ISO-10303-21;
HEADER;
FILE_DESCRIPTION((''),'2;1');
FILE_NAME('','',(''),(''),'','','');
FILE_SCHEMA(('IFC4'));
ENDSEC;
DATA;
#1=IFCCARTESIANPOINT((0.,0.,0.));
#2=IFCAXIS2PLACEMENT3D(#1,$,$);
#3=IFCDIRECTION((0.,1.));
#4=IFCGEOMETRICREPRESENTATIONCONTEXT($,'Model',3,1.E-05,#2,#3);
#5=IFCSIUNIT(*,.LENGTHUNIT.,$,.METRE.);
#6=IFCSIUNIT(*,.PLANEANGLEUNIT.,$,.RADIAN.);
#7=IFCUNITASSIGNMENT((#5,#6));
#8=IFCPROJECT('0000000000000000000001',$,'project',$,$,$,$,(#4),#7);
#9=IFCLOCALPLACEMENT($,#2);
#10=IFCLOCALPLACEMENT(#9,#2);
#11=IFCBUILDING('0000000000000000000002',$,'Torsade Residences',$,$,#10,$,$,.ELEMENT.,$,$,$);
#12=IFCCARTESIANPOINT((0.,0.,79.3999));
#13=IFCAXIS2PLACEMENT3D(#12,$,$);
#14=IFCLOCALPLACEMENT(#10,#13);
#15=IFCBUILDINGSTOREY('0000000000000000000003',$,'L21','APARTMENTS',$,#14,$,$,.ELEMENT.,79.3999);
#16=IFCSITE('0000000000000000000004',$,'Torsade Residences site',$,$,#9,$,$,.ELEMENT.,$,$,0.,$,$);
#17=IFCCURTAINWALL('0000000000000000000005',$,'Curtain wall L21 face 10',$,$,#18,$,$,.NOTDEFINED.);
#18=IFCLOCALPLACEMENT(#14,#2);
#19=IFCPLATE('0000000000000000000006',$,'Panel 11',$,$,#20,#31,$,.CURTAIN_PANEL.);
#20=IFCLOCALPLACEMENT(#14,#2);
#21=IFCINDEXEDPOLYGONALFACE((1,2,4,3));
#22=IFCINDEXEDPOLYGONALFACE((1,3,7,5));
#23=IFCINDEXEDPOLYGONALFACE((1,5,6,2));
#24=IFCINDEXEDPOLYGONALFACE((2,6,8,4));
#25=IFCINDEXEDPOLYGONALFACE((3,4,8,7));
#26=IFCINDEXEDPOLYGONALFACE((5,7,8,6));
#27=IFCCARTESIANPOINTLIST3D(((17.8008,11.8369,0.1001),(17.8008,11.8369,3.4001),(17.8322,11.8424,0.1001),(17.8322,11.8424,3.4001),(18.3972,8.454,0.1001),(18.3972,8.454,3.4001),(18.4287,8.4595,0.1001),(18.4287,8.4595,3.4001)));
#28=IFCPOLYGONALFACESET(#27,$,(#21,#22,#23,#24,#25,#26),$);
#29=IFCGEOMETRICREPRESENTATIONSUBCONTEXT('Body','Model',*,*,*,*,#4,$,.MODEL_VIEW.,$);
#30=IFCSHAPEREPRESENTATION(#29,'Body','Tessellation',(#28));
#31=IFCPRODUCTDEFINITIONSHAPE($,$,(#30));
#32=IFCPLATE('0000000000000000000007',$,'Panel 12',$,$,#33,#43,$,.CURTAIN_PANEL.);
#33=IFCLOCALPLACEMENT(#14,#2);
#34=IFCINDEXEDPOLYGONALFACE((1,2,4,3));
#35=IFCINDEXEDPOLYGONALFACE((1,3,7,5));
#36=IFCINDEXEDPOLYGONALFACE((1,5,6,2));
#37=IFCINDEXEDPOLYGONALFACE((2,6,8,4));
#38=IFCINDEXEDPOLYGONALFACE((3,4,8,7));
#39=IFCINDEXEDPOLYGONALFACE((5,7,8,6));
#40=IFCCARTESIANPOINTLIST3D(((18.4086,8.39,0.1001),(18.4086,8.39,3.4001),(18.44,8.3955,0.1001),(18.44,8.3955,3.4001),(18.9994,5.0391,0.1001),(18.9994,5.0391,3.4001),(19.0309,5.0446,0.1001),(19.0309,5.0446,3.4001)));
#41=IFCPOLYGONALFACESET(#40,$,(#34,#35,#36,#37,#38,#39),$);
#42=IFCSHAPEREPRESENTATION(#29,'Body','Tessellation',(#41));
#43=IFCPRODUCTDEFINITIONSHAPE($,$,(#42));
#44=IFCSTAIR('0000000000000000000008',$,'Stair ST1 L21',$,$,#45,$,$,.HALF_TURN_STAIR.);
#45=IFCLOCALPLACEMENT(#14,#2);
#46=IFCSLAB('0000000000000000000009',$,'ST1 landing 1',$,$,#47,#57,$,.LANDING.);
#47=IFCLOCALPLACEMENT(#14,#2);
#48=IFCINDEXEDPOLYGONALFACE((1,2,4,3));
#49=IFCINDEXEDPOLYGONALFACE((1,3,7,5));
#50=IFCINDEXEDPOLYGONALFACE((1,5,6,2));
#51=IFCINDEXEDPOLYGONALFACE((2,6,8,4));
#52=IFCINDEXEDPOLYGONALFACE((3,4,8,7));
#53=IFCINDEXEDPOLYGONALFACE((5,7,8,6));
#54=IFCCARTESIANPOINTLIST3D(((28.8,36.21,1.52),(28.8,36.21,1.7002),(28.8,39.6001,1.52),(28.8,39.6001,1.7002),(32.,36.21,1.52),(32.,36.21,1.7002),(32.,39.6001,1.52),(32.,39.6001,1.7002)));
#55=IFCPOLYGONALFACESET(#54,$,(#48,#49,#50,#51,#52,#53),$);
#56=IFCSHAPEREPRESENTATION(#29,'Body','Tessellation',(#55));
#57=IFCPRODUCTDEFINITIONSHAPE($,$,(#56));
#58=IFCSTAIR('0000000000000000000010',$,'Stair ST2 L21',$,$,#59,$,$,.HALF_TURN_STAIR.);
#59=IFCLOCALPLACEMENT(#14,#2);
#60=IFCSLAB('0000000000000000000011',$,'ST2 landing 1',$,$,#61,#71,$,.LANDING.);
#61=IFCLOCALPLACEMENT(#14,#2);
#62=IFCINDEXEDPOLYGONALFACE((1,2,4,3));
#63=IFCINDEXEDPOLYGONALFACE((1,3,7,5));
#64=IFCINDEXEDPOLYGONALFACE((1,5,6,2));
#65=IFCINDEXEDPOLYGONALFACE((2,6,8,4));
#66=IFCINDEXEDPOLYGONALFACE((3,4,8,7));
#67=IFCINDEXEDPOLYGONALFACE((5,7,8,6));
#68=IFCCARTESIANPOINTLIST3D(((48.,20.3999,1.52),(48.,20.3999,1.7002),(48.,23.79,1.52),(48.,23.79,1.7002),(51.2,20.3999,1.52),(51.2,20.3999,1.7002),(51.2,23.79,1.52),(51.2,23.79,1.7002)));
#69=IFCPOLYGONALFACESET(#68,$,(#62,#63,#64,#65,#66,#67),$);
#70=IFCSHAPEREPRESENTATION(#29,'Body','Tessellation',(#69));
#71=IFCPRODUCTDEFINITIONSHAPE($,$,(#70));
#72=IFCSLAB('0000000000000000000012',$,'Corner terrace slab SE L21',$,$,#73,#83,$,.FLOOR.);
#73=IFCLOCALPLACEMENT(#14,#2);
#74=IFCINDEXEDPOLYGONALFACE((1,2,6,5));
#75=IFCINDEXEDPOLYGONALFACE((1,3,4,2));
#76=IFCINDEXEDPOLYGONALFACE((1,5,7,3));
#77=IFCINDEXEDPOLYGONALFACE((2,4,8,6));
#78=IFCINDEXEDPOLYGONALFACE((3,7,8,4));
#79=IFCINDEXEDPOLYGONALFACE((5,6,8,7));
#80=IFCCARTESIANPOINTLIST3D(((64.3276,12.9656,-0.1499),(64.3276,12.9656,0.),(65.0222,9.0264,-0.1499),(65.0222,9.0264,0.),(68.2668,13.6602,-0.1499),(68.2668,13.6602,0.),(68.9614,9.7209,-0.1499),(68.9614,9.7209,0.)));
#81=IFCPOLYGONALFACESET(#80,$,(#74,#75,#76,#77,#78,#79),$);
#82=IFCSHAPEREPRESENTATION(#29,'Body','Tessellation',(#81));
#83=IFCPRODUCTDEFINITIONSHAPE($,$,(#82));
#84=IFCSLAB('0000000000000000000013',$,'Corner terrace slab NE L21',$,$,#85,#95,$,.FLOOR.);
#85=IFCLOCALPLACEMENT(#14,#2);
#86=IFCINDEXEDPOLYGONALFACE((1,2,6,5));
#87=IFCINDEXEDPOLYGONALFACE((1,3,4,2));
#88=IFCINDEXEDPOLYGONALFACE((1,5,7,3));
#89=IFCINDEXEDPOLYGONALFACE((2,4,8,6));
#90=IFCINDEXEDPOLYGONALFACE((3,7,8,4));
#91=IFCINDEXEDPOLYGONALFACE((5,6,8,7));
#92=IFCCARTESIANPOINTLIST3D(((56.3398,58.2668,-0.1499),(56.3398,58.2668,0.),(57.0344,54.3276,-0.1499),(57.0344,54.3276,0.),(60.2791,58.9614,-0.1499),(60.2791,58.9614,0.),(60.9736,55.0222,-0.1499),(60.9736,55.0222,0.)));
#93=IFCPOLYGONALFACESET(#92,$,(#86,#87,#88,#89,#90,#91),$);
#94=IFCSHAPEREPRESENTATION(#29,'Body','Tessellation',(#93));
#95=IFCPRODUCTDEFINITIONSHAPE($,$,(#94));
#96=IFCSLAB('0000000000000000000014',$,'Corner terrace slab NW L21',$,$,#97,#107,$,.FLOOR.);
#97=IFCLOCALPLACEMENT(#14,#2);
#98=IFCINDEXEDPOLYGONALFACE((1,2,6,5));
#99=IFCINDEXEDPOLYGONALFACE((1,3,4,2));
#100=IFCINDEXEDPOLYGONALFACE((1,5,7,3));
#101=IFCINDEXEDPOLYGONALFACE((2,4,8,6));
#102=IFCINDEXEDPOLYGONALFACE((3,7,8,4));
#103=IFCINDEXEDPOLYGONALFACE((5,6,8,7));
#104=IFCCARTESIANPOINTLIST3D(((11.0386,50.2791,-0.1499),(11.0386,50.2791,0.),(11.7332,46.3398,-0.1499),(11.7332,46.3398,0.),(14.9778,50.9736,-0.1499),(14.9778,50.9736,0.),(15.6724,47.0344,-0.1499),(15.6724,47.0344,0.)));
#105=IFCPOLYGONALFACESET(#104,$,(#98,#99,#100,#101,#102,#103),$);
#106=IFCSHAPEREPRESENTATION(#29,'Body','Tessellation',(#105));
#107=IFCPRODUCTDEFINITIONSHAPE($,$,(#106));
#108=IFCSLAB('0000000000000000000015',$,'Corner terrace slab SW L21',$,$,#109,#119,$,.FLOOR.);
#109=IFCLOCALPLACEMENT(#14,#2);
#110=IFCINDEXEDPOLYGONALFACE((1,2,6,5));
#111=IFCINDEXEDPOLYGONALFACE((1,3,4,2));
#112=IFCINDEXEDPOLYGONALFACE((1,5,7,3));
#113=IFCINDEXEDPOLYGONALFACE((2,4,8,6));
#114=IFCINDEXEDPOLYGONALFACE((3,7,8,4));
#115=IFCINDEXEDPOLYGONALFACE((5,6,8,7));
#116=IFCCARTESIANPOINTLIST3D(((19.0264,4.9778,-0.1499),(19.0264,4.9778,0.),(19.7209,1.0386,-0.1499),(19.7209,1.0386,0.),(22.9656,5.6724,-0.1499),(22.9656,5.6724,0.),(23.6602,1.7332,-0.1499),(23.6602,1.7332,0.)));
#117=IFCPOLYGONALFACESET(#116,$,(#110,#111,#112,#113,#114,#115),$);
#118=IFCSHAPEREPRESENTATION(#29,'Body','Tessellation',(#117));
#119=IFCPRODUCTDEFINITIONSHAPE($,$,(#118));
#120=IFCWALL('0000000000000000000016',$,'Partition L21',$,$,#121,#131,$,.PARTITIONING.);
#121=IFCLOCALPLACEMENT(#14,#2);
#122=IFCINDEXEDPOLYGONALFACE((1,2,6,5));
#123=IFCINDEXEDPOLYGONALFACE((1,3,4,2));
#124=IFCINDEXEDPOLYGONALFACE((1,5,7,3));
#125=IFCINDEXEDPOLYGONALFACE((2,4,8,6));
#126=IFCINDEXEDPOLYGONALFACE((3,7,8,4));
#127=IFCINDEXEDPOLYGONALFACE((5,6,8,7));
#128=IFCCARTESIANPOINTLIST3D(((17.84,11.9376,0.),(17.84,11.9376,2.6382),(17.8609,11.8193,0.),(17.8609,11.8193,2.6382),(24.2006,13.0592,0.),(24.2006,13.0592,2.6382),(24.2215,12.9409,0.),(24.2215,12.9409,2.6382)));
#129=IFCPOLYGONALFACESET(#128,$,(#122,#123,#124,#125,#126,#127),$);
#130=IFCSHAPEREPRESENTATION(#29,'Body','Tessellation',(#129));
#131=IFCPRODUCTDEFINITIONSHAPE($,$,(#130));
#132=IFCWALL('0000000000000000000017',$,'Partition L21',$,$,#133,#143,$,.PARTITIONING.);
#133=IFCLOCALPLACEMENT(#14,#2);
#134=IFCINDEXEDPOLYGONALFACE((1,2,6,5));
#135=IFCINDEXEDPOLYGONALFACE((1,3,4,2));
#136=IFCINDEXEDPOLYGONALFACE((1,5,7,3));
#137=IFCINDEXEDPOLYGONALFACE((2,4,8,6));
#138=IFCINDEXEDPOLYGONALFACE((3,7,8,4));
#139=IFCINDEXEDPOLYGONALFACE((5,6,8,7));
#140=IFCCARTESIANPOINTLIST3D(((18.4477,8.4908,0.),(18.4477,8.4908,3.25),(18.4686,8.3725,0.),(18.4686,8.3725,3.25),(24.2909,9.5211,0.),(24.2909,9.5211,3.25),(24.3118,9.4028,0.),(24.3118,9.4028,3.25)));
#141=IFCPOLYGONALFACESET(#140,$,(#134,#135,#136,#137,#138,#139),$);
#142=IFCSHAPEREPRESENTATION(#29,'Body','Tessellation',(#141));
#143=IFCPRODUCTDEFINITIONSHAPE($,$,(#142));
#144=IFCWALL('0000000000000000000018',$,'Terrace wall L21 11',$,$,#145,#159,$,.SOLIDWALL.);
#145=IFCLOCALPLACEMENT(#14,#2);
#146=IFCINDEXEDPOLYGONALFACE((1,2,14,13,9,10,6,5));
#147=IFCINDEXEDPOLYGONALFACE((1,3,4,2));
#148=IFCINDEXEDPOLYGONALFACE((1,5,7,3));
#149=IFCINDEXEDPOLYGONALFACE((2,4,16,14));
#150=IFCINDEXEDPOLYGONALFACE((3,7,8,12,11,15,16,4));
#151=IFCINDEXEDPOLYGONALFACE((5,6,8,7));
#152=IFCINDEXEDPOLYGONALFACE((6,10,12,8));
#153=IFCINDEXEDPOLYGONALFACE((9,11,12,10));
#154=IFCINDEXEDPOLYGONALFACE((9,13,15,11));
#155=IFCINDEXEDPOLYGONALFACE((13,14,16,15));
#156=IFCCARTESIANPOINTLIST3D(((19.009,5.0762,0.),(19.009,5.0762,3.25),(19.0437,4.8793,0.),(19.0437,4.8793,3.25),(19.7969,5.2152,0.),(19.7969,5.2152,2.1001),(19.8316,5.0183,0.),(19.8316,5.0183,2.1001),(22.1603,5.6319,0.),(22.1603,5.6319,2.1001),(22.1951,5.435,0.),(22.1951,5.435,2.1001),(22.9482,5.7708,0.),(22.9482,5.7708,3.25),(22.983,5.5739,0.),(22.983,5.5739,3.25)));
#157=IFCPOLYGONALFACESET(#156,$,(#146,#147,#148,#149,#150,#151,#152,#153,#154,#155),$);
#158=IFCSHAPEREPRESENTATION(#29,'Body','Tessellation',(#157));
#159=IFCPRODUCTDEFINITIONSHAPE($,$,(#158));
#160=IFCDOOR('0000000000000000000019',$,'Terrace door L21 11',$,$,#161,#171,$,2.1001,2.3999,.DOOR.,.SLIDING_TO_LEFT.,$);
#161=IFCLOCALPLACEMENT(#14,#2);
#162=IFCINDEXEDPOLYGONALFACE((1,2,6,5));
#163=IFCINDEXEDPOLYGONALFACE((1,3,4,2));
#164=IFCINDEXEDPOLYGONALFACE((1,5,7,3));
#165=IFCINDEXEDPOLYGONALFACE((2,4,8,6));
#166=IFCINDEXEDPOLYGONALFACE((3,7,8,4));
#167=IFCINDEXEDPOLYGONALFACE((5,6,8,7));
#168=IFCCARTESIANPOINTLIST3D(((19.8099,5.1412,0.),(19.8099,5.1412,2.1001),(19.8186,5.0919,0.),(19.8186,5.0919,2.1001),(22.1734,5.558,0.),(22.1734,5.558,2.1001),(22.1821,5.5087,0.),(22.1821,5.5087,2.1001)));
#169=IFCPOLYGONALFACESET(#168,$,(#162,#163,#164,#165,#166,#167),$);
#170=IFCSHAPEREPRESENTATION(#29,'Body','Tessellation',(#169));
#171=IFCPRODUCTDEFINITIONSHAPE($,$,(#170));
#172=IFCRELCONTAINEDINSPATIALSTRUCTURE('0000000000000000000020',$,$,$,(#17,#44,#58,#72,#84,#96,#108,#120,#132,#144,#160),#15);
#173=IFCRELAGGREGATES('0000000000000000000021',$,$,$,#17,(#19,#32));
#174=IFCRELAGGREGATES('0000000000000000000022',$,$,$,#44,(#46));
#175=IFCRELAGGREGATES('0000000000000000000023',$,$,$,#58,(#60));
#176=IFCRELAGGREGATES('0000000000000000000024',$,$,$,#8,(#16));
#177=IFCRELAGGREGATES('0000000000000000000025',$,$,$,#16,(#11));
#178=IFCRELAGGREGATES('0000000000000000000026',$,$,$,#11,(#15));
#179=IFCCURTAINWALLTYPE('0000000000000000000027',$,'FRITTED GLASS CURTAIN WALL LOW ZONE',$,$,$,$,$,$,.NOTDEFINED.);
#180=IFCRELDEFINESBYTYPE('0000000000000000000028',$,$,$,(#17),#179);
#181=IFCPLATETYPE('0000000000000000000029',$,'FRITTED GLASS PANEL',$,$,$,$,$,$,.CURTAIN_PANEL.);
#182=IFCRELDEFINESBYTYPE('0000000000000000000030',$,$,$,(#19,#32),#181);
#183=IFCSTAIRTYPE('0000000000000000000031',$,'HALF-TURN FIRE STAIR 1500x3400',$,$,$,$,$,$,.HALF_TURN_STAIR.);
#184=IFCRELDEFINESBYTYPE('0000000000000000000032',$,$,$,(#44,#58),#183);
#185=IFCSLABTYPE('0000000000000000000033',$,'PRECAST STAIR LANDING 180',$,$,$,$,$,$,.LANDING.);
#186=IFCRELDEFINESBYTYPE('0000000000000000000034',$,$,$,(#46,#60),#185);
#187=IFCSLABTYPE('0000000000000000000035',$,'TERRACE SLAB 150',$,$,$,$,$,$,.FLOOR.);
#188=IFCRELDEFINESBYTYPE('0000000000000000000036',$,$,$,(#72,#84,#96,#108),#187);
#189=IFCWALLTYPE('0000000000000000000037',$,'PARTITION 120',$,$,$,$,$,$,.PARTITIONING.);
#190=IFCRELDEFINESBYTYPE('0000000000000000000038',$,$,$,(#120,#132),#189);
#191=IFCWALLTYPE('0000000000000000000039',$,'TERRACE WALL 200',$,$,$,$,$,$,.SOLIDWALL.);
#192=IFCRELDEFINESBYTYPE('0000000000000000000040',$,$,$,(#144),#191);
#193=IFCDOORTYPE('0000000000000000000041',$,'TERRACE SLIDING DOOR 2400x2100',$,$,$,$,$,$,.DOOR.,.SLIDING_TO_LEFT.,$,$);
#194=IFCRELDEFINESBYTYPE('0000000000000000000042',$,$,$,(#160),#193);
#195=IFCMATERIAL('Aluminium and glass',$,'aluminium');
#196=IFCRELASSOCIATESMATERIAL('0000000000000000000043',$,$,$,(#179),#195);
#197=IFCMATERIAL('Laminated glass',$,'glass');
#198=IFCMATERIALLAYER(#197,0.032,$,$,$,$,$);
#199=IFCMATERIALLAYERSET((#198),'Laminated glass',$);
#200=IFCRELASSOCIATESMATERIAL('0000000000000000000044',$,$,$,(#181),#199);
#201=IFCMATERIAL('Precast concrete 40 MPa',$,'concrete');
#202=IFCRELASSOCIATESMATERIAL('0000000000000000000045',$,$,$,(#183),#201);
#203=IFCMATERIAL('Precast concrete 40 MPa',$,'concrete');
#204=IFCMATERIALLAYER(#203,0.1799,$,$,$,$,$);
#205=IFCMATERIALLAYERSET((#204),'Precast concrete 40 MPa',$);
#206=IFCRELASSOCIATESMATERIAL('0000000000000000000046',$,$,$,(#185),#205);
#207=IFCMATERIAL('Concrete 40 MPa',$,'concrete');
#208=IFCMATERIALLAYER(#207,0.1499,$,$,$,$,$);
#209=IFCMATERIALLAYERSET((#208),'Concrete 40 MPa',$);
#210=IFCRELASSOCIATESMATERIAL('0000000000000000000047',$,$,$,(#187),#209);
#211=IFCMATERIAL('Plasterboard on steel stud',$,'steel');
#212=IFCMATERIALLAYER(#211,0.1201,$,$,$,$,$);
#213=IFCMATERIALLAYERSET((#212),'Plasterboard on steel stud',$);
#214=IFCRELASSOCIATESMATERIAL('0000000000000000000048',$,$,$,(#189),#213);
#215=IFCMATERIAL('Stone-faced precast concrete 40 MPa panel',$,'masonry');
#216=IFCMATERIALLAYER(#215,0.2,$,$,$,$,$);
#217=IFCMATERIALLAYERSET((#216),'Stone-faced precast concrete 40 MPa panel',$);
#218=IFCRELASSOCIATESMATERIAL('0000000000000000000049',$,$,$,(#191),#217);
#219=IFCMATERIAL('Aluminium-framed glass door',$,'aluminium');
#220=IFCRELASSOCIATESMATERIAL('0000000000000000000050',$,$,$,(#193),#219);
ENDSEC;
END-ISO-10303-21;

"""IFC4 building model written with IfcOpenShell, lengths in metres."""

from ifc_helpers import new_model, si_unit, direction, frame, frame_2d, origin, origin_2d, place, context, subcontext, project, spatial, polyline, rectangle, outline, extrude, material, layer, layer_set, type_object, element, fill, aggregate, save


model = new_model("IFC4")

# Units and contexts
model_context = context("Model", 3, precision=1e-05, world=origin(), true_north=direction((0.0, 1.0)))
body_context = subcontext(model_context, "Body", "Model", "MODEL_VIEW")
ifc_project = project(units=[si_unit("LENGTHUNIT", "METRE"), si_unit("PLANEANGLEUNIT", "RADIAN")], contexts=[model_context])

# Site, building, storey
site_placement = place(None, origin())
site = spatial("IfcSite", under=ifc_project, at=site_placement, Name="Torsade Residences site", CompositionType="ELEMENT", RefElevation=0.0)
building_placement = place(site_placement, origin())
building = spatial("IfcBuilding", under=site, at=building_placement, Name="Torsade Residences", CompositionType="ELEMENT")
storey_placement = place(building_placement, frame((0.0, 0.0, 79.3999)))
storey = spatial("IfcBuildingStorey", under=building, at=storey_placement, Name="L21", Description="APARTMENTS", CompositionType="ELEMENT", Elevation=79.3999)

# Curtain wall
ifc_material_1 = material(Name="Aluminium and glass", Category="aluminium")
curtain_wall_type = type_object("IfcCurtainWallType", Name="FRITTED GLASS CURTAIN WALL LOW ZONE", PredefinedType="NOTDEFINED", material=ifc_material_1)
curtain_wall_placement = place(storey_placement, origin())
curtain_wall = element("IfcCurtainWall", 1, at=curtain_wall_placement, inside=storey, type_object=curtain_wall_type, Name="Curtain wall L21 face 10", PredefinedType="NOTDEFINED")

# Plates
ifc_material_2 = material(Name="Laminated glass", Category="glass")
ifc_layer_1 = layer(ifc_material_2, 0.032)
ifc_layer_set_1 = layer_set([ifc_layer_1], Name="Laminated glass")
plate_type = type_object("IfcPlateType", Name="FRITTED GLASS PANEL", PredefinedType="CURTAIN_PANEL", material=ifc_layer_set_1)
plate_1_placement = place(storey_placement, frame((18.1147, 10.1482, 0.1001), z_axis=(0.0, 0.0, 1.0), x_axis=(0.173648, -0.984808, 0.0)))
plate_1 = element("IfcPlate", 2, at=plate_1_placement, type_object=plate_type, Name="Panel 11", PredefinedType="CURTAIN_PANEL", context=body_context, shape_type="SweptSolid", body=[
    extrude(rectangle(XDim=3.4351, YDim=0.032, at=origin_2d()), origin(), (0.0, 0.0, 1.0), 3.3),
])
plate_2_placement = place(storey_placement, frame((18.7197, 6.7173, 0.1001), z_axis=(0.0, 0.0, 1.0), x_axis=(0.173648, -0.984808, 0.0)))
plate_2 = element("IfcPlate", 3, at=plate_2_placement, type_object=plate_type, Name="Panel 12", PredefinedType="CURTAIN_PANEL", context=body_context, shape_type="SweptSolid", body=[
    extrude(rectangle(XDim=3.4026, YDim=0.032, at=origin_2d()), origin(), (0.0, 0.0, 1.0), 3.3),
])
aggregate(curtain_wall, [plate_1, plate_2])

# Stairs, slabs
ifc_material_3 = material(Name="Precast concrete 40 MPa", Category="concrete")
stair_type = type_object("IfcStairType", Name="HALF-TURN FIRE STAIR 1500x3400", PredefinedType="HALF_TURN_STAIR", material=ifc_material_3)
stair_1_placement = place(storey_placement, origin())
stair_1 = element("IfcStair", 4, at=stair_1_placement, inside=storey, type_object=stair_type, Name="Stair ST1 L21", PredefinedType="HALF_TURN_STAIR")
ifc_material_4 = material(Name="Precast concrete 40 MPa", Category="concrete")
ifc_layer_2 = layer(ifc_material_4, 0.1799)
ifc_layer_set_2 = layer_set([ifc_layer_2], Name="Precast concrete 40 MPa")
slab_type_1 = type_object("IfcSlabType", Name="PRECAST STAIR LANDING 180", PredefinedType="LANDING", material=ifc_layer_set_2)
slab_1_placement = place(storey_placement, frame((0.0, 0.0, 1.52)))
slab_1 = element("IfcSlab", 5, at=slab_1_placement, type_object=slab_type_1, Name="ST1 landing 1", PredefinedType="LANDING", context=body_context, shape_type="SweptSolid", body=[
    extrude(outline(polyline([(28.8, 36.21), (32.0, 36.21), (32.0, 39.6001), (28.8, 39.6001), (28.8, 36.21)])), origin(), (0.0, 0.0, 1.0), 0.1802),
])
aggregate(stair_1, [slab_1])
stair_2_placement = place(storey_placement, origin())
stair_2 = element("IfcStair", 6, at=stair_2_placement, inside=storey, type_object=stair_type, Name="Stair ST2 L21", PredefinedType="HALF_TURN_STAIR")
slab_2_placement = place(storey_placement, frame((0.0, 0.0, 1.52)))
slab_2 = element("IfcSlab", 7, at=slab_2_placement, type_object=slab_type_1, Name="ST2 landing 1", PredefinedType="LANDING", context=body_context, shape_type="SweptSolid", body=[
    extrude(outline(polyline([(48.0, 20.3999), (51.2, 20.3999), (51.2, 23.79), (48.0, 23.79), (48.0, 20.3999)])), origin(), (0.0, 0.0, 1.0), 0.1802),
])
aggregate(stair_2, [slab_2])

# Slabs
ifc_material_5 = material(Name="Concrete 40 MPa", Category="concrete")
ifc_layer_3 = layer(ifc_material_5, 0.1499)
ifc_layer_set_3 = layer_set([ifc_layer_3], Name="Concrete 40 MPa")
slab_type_2 = type_object("IfcSlabType", Name="TERRACE SLAB 150", PredefinedType="FLOOR", material=ifc_layer_set_3)
slab_3_placement = place(storey_placement, frame((0.0, 0.0, -0.1499)))
element("IfcSlab", 8, at=slab_3_placement, inside=storey, type_object=slab_type_2, Name="Corner terrace slab SE L21", PredefinedType="FLOOR", context=body_context, shape_type="SweptSolid", body=[
    extrude(outline(polyline([(65.0222, 9.0264), (68.9614, 9.7209), (68.2668, 13.6602), (64.3276, 12.9656), (65.0222, 9.0264)])), origin(), (0.0, 0.0, 1.0), 0.1499),
])
slab_4_placement = place(storey_placement, frame((0.0, 0.0, -0.1499)))
element("IfcSlab", 9, at=slab_4_placement, inside=storey, type_object=slab_type_2, Name="Corner terrace slab NE L21", PredefinedType="FLOOR", context=body_context, shape_type="SweptSolid", body=[
    extrude(outline(polyline([(57.0344, 54.3276), (60.9736, 55.0222), (60.2791, 58.9614), (56.3398, 58.2668), (57.0344, 54.3276)])), origin(), (0.0, 0.0, 1.0), 0.1499),
])
slab_5_placement = place(storey_placement, frame((0.0, 0.0, -0.1499)))
element("IfcSlab", 10, at=slab_5_placement, inside=storey, type_object=slab_type_2, Name="Corner terrace slab NW L21", PredefinedType="FLOOR", context=body_context, shape_type="SweptSolid", body=[
    extrude(outline(polyline([(11.7332, 46.3398), (15.6724, 47.0344), (14.9778, 50.9736), (11.0386, 50.2791), (11.7332, 46.3398)])), origin(), (0.0, 0.0, 1.0), 0.1499),
])
slab_6_placement = place(storey_placement, frame((0.0, 0.0, -0.1499)))
element("IfcSlab", 11, at=slab_6_placement, inside=storey, type_object=slab_type_2, Name="Corner terrace slab SW L21", PredefinedType="FLOOR", context=body_context, shape_type="SweptSolid", body=[
    extrude(outline(polyline([(19.7209, 1.0386), (23.6602, 1.7332), (22.9656, 5.6724), (19.0264, 4.9778), (19.7209, 1.0386)])), origin(), (0.0, 0.0, 1.0), 0.1499),
])

# Walls
ifc_material_6 = material(Name="Plasterboard on steel stud", Category="steel")
ifc_layer_4 = layer(ifc_material_6, 0.1201)
ifc_layer_set_4 = layer_set([ifc_layer_4], Name="Plasterboard on steel stud")
wall_type_1 = type_object("IfcWallType", Name="PARTITION 120", PredefinedType="PARTITIONING", material=ifc_layer_set_4)
wall_1_placement = place(storey_placement, frame((17.8503, 11.8784, 0.0), z_axis=(0.0, 0.0, 1.0), x_axis=(0.984807, 0.173654, 0.0)))
element("IfcWall", 12, at=wall_1_placement, inside=storey, type_object=wall_type_1, Name="Partition L21", PredefinedType="PARTITIONING", context=body_context, shape_type="SweptSolid", body=[
    extrude(rectangle(XDim=6.4587, YDim=0.1201, at=frame_2d((3.2295, 0.0))), origin(), (0.0, 0.0, 1.0), 2.6382),
])
wall_2_placement = place(storey_placement, frame((18.458, 8.4316, 0.0), z_axis=(0.0, 0.0, 1.0), x_axis=(0.984809, 0.17364, 0.0)))
element("IfcWall", 13, at=wall_2_placement, inside=storey, type_object=wall_type_1, Name="Partition L21", PredefinedType="PARTITIONING", context=body_context, shape_type="SweptSolid", body=[
    extrude(rectangle(XDim=5.9333, YDim=0.1201, at=frame_2d((2.9668, 0.0))), origin(), (0.0, 0.0, 1.0), 3.25),
])

# Wall, opening, door
ifc_material_7 = material(Name="Stone-faced precast concrete 40 MPa panel", Category="masonry")
ifc_layer_5 = layer(ifc_material_7, 0.2)
ifc_layer_set_5 = layer_set([ifc_layer_5], Name="Stone-faced precast concrete 40 MPa panel")
wall_type_2 = type_object("IfcWallType", Name="TERRACE WALL 200", PredefinedType="SOLIDWALL", material=ifc_layer_set_5)
wall_3_placement = place(storey_placement, frame((19.0264, 4.9778, 0.0), z_axis=(0.0, 0.0, 1.0), x_axis=(0.984808, 0.173646, 0.0)))
wall_3 = element("IfcWall", 14, at=wall_3_placement, inside=storey, type_object=wall_type_2, Name="Terrace wall L21 11", PredefinedType="SOLIDWALL", context=body_context, shape_type="SweptSolid", body=[
    extrude(rectangle(XDim=4.0, YDim=0.2, at=frame_2d((2.0, 0.0))), origin(), (0.0, 0.0, 1.0), 3.25),
])
opening_1_placement = place(wall_3_placement, frame((0.8, 0.0, 0.0)))
opening_1 = element("IfcOpeningElement", 15, at=opening_1_placement, cuts=wall_3, PredefinedType="OPENING", context=body_context, shape_type="SweptSolid", body=[
    extrude(rectangle(XDim=2.3999, YDim=2.1001, at=frame_2d((1.2, 1.05))), frame((0.0, 0.1099, 0.0), z_axis=(0.0, -1.0, 0.0), x_axis=(1.0, 0.0, 0.0)), (0.0, 0.0, 1.0), 0.22),
])
ifc_material_8 = material(Name="Aluminium-framed glass door", Category="aluminium")
door_type = type_object("IfcDoorType", Name="TERRACE SLIDING DOOR 2400x2100", OperationType="SLIDING_TO_LEFT", PredefinedType="DOOR", material=ifc_material_8)
door_placement = place(opening_1_placement, origin())
door = element("IfcDoor", 16, at=door_placement, inside=storey, type_object=door_type, Name="Terrace door L21 11", OperationType="SLIDING_TO_LEFT", OverallHeight=2.1001, OverallWidth=2.3999, PredefinedType="DOOR", context=body_context, shape_type="SweptSolid", body=[
    extrude(rectangle(XDim=2.3999, YDim=2.1001, at=frame_2d((1.2, 1.05))), frame((0.0, 0.0249, 0.0), z_axis=(0.0, -1.0, 0.0), x_axis=(1.0, 0.0, 0.0)), (0.0, 0.0, 1.0), 0.05),
])
fill(opening_1, door)

save(model, "model.ifc")
